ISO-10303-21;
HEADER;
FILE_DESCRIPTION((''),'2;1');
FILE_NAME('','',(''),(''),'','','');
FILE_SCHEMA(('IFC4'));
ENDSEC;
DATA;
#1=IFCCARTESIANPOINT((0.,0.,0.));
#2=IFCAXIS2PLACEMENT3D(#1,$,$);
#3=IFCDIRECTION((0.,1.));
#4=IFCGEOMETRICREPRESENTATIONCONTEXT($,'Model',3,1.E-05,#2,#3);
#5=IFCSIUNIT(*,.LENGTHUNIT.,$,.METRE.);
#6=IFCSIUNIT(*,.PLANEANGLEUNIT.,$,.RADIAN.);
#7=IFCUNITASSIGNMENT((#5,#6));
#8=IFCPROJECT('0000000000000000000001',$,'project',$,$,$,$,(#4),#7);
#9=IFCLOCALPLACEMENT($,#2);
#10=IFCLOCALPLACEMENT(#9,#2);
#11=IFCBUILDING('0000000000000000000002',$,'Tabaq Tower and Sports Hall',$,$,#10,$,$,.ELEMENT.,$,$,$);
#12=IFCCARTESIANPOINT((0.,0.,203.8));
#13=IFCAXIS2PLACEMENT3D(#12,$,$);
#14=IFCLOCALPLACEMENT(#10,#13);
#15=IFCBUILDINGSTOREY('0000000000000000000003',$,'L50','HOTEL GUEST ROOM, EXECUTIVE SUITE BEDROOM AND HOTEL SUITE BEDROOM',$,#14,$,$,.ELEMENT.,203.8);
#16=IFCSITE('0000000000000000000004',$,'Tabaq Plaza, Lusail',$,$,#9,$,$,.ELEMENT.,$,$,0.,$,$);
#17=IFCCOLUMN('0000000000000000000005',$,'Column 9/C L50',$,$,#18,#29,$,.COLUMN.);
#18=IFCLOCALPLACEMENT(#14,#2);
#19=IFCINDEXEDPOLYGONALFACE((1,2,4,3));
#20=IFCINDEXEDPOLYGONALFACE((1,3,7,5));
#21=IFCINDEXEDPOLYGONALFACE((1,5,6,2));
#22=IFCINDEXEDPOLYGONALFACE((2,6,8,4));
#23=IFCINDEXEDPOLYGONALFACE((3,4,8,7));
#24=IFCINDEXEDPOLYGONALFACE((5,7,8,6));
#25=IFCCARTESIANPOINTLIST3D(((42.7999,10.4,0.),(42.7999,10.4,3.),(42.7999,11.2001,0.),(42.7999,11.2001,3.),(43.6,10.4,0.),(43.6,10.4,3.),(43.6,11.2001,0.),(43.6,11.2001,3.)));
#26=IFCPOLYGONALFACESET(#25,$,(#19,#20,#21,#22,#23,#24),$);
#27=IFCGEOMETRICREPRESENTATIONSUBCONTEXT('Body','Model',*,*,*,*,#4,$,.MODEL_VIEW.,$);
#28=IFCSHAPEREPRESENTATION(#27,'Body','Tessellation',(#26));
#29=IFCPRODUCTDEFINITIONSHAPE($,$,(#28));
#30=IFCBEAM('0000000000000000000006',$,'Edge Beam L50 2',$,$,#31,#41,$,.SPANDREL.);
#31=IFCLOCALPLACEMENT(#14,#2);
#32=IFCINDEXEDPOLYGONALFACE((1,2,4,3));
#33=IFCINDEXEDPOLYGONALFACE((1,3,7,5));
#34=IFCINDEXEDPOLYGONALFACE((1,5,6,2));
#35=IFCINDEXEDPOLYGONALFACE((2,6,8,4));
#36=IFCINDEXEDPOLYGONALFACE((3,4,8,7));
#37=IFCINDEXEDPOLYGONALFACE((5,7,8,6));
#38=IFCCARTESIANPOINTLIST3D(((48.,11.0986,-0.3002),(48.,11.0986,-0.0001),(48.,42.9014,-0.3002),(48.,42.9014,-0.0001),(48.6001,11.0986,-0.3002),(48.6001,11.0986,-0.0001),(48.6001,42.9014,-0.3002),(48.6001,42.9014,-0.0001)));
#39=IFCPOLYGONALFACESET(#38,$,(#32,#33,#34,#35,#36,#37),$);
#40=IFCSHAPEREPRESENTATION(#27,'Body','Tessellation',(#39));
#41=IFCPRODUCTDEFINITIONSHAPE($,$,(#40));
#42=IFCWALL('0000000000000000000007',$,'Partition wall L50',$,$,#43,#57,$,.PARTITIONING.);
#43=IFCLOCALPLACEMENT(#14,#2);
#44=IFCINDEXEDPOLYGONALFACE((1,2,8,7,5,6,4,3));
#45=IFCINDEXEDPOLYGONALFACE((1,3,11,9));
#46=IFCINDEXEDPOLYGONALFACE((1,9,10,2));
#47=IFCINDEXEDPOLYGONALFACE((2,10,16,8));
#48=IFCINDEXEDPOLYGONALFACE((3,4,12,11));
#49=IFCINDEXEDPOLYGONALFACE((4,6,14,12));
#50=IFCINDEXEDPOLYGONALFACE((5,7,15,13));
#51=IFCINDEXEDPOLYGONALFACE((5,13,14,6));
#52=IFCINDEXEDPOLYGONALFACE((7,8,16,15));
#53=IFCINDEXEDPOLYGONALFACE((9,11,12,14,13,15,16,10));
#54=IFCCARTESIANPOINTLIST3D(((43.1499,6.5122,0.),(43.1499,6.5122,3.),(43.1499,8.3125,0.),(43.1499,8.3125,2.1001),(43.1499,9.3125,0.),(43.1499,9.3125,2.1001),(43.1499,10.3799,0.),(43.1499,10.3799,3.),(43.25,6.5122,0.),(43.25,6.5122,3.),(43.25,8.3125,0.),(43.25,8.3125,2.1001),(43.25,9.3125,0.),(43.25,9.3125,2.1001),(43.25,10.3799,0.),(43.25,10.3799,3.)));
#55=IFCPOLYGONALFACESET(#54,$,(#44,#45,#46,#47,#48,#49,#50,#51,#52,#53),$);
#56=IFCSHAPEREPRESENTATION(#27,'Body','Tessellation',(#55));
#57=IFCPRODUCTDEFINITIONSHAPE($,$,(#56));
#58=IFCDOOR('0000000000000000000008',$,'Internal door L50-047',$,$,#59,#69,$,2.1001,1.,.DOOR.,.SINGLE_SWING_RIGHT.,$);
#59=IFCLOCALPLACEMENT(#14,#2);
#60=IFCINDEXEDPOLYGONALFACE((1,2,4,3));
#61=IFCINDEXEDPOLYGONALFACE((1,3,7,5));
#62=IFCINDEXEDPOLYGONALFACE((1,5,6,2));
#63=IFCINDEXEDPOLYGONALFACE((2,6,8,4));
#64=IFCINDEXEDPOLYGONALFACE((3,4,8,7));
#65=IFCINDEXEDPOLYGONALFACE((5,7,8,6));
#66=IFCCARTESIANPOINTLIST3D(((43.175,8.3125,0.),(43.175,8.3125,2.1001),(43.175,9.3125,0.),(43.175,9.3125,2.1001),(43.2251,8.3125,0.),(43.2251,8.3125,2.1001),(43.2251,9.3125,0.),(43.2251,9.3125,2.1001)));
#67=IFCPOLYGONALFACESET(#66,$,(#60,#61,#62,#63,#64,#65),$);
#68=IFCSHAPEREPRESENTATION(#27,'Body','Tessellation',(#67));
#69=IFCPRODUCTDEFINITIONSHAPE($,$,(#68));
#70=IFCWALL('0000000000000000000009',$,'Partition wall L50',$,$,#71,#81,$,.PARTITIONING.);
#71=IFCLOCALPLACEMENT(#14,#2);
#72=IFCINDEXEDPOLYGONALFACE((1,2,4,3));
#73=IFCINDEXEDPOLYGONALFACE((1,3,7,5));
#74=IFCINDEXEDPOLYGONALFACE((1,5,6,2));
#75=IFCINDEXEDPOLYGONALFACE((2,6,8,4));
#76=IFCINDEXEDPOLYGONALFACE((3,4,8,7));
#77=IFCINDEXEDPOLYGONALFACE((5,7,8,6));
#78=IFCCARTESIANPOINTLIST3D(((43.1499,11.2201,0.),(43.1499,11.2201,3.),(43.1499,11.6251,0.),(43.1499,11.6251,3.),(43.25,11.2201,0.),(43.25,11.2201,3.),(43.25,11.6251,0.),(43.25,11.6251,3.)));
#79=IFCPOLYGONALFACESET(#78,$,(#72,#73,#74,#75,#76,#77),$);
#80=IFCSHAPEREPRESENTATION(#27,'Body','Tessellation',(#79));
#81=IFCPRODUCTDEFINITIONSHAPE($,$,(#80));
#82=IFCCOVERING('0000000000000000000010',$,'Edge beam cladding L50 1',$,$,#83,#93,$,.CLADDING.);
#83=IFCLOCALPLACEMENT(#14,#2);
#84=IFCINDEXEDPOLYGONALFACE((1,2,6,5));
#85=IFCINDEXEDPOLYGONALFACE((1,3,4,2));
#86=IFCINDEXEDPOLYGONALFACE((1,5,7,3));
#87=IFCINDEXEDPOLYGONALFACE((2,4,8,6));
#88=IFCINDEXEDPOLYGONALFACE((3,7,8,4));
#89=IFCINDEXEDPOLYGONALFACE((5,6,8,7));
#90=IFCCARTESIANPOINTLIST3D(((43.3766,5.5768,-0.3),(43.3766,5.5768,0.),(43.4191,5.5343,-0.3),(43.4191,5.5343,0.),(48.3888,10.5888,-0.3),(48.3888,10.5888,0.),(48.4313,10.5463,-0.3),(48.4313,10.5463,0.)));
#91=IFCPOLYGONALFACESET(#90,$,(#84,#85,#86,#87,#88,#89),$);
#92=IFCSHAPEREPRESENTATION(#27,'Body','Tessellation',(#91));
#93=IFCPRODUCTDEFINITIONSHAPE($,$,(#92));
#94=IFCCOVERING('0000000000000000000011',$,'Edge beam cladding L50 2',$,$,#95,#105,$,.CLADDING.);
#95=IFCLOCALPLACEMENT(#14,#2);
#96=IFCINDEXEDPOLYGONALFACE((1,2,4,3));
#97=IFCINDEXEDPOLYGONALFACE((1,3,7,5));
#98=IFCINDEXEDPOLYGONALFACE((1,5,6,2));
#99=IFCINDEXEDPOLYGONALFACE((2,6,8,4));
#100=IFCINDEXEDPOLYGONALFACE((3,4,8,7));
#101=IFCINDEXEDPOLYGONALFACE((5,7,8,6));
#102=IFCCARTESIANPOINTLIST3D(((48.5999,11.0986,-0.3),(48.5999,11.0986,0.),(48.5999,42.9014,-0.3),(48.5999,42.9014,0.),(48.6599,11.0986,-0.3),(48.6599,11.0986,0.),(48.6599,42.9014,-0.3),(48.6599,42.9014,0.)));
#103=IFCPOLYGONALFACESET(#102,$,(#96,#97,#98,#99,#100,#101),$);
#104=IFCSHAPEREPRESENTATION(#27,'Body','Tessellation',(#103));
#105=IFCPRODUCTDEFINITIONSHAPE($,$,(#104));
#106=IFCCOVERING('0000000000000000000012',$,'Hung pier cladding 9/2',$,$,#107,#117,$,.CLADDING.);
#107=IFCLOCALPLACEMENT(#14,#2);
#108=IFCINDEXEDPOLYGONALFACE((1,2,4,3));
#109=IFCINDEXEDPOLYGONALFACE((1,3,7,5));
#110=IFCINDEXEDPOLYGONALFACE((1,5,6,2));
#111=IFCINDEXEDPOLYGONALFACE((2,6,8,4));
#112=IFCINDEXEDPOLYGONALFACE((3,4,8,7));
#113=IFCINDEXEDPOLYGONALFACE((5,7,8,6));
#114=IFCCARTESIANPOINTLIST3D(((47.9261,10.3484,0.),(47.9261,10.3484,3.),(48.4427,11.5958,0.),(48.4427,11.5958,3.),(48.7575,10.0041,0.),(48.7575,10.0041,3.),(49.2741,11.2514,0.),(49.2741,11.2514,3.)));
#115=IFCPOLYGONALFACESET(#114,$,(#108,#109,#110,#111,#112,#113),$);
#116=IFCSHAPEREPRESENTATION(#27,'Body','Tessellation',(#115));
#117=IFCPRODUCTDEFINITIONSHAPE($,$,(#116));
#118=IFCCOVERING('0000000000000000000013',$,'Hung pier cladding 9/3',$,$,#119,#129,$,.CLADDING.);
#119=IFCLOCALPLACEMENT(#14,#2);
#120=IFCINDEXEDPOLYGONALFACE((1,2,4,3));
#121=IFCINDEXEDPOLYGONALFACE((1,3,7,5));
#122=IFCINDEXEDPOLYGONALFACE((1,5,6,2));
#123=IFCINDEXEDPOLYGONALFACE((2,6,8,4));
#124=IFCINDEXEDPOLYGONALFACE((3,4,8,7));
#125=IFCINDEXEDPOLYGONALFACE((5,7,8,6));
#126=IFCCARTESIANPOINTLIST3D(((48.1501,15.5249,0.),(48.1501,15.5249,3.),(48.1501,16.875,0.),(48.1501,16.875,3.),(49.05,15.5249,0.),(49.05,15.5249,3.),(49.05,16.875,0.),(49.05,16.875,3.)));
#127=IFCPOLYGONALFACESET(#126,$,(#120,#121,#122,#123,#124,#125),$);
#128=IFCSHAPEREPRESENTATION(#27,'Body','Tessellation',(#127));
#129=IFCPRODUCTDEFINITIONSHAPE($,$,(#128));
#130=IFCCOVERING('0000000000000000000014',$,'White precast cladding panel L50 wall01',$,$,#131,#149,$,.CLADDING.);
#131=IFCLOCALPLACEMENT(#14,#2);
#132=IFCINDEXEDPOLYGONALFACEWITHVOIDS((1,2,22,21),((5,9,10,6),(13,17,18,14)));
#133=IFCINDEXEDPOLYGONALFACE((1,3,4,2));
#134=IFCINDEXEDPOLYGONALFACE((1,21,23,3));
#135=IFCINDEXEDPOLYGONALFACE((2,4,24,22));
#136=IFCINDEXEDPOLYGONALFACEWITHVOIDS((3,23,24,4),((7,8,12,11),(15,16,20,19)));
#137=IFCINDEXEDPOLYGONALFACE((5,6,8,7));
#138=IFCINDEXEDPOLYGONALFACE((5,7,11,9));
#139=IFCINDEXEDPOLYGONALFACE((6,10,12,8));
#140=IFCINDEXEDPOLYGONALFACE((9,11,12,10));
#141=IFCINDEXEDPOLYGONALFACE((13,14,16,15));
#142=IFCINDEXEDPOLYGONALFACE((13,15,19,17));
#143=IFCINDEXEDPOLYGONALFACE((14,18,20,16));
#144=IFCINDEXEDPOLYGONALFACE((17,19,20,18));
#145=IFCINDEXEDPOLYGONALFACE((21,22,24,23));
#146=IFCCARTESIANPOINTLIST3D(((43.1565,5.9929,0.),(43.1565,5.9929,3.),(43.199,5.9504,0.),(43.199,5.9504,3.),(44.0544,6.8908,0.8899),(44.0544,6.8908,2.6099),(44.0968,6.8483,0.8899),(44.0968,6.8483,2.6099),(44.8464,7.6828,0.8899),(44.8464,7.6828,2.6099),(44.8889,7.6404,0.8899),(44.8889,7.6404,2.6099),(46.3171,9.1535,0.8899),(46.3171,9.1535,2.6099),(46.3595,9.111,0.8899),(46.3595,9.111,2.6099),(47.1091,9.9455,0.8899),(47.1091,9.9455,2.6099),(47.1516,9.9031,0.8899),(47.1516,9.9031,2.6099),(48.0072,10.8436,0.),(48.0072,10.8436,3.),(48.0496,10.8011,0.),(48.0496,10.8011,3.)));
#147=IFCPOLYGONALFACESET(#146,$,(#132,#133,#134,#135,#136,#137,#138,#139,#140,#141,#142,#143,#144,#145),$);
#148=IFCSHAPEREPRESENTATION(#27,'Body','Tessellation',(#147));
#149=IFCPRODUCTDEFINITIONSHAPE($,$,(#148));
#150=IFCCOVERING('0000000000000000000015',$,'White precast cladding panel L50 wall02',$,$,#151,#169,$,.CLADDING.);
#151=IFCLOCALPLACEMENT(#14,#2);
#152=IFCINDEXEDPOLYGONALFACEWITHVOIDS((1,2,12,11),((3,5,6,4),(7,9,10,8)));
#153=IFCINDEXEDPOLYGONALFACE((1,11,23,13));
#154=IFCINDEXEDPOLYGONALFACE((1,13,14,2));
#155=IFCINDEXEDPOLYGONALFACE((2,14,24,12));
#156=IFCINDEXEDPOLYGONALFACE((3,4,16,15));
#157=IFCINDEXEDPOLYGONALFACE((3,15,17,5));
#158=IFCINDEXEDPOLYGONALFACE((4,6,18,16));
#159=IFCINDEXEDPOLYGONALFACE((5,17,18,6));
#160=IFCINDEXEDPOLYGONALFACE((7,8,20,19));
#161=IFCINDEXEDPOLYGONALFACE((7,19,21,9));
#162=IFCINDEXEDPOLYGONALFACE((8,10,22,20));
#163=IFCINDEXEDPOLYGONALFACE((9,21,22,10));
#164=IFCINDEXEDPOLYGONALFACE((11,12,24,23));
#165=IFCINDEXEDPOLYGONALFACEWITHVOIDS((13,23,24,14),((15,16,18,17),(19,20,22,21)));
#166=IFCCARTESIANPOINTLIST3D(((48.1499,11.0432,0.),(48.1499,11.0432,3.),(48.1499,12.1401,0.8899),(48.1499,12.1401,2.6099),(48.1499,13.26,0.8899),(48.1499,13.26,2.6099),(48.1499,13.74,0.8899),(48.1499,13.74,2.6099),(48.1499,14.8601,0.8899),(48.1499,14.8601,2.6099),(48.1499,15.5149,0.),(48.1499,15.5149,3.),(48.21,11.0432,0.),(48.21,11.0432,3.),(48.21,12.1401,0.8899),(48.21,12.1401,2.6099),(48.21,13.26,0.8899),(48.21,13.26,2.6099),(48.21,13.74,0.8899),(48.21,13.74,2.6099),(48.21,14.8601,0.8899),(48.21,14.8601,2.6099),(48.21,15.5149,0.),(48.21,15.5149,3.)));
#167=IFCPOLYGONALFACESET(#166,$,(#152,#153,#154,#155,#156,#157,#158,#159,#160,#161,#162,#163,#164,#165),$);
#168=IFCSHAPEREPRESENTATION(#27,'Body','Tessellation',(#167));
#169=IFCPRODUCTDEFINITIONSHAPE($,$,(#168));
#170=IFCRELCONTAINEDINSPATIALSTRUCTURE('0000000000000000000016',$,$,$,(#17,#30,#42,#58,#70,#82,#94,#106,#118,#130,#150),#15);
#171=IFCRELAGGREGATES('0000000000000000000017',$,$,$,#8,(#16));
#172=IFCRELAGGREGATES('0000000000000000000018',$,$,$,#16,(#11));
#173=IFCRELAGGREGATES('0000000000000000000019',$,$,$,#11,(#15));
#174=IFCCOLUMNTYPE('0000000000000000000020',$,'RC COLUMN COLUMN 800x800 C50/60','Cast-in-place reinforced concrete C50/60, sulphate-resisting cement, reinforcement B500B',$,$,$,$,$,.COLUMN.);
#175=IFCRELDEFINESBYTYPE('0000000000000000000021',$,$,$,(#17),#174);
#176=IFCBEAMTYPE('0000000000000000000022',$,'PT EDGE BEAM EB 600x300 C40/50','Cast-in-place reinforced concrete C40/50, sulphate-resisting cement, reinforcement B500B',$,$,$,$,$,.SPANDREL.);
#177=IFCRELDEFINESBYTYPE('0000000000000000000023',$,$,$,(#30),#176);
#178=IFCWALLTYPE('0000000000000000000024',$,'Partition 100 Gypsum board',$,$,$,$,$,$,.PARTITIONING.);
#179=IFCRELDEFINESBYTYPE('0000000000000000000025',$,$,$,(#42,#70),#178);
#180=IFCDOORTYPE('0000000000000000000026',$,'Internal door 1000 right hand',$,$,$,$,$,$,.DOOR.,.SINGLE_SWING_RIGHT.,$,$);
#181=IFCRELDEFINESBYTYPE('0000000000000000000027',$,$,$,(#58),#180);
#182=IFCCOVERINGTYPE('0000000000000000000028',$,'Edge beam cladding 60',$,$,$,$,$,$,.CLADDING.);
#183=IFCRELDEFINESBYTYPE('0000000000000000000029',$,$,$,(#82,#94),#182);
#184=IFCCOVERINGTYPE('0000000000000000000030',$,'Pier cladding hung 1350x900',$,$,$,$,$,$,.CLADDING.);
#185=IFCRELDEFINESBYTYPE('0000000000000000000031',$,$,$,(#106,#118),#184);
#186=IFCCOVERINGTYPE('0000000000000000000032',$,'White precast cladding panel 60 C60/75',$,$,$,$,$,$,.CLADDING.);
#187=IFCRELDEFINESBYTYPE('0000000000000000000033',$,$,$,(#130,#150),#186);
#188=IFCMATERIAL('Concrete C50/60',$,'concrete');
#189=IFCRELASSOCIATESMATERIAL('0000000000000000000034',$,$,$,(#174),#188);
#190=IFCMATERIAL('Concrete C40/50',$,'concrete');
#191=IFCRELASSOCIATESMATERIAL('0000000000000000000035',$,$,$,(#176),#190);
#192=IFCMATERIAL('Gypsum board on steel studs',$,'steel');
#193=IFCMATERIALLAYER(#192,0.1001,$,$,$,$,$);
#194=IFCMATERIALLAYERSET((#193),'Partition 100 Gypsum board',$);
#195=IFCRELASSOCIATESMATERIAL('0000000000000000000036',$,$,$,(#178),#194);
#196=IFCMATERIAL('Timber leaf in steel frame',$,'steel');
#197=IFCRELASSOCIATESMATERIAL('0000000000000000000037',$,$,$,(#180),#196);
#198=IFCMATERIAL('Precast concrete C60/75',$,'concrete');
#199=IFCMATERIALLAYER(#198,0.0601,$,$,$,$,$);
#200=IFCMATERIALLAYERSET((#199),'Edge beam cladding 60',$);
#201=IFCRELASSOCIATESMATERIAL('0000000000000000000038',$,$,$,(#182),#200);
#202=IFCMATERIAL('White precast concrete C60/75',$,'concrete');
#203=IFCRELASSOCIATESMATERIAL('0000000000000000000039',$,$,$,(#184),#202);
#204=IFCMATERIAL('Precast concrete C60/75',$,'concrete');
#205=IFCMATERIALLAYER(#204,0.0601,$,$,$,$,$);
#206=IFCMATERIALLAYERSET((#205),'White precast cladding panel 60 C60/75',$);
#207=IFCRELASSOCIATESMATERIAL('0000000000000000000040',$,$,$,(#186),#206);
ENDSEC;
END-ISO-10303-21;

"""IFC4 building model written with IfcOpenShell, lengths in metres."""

from ifc_helpers import new_model, si_unit, direction, frame, frame_2d, origin, origin_2d, place, context, subcontext, project, spatial, polyline, rectangle, outline, extrude, material, layer, layer_set, material_profile, profile_set, type_object, element, fill, save


model = new_model("IFC4")

# Units and contexts
model_context = context("Model", 3, precision=1e-05, world=origin(), true_north=direction((0.0, 1.0)))
body_context = subcontext(model_context, "Body", "Model", "MODEL_VIEW")
ifc_project = project(units=[si_unit("LENGTHUNIT", "METRE"), si_unit("PLANEANGLEUNIT", "RADIAN")], contexts=[model_context])

# Site, building, storey
site_placement = place(None, origin())
site = spatial("IfcSite", under=ifc_project, at=site_placement, Name="Tabaq Plaza, Lusail", CompositionType="ELEMENT", RefElevation=0.0)
building_placement = place(site_placement, origin())
building = spatial("IfcBuilding", under=site, at=building_placement, Name="Tabaq Tower and Sports Hall", CompositionType="ELEMENT")
storey_placement = place(building_placement, frame((0.0, 0.0, 203.8)))
storey = spatial("IfcBuildingStorey", under=building, at=storey_placement, Name="L50", Description="HOTEL GUEST ROOM, EXECUTIVE SUITE BEDROOM AND HOTEL SUITE BEDROOM", CompositionType="ELEMENT", Elevation=203.8)

# Column
ifc_material_1 = material(Name="Concrete C50/60", Category="concrete")
ifc_material_profile_1 = material_profile(ifc_material_1, rectangle(XDim=0.8, YDim=0.8, at=origin_2d()), Name="COLUMN 800x800")
ifc_profile_set_1 = profile_set([ifc_material_profile_1], Name="Concrete C50/60")
column_type = type_object("IfcColumnType", Name="RC COLUMN COLUMN 800x800 C50/60", Description="Cast-in-place reinforced concrete C50/60, sulphate-resisting cement, reinforcement B500B", PredefinedType="COLUMN", material=ifc_profile_set_1)
column_placement = place(storey_placement, frame((43.2, 10.8, 0.0), z_axis=(0.0, 0.0, 1.0), x_axis=(1.0, 0.0, 0.0)))
element("IfcColumn", 1, at=column_placement, inside=storey, type_object=column_type, Name="Column 9/C L50", PredefinedType="COLUMN", context=body_context, shape_type="SweptSolid", body=[
    extrude(rectangle(XDim=0.8, YDim=0.8, at=origin_2d()), origin(), (0.0, 0.0, 1.0), 3.0),
])

# Beam
ifc_material_2 = material(Name="Concrete C40/50", Category="concrete")
ifc_material_profile_2 = material_profile(ifc_material_2, rectangle(XDim=0.6001, YDim=0.3, at=origin_2d()), Name="EB 600x300")
ifc_profile_set_2 = profile_set([ifc_material_profile_2], Name="Concrete C40/50")
beam_type = type_object("IfcBeamType", Name="PT EDGE BEAM EB 600x300 C40/50", Description="Cast-in-place reinforced concrete C40/50, sulphate-resisting cement, reinforcement B500B", PredefinedType="SPANDREL", material=ifc_profile_set_2)
beam_placement = place(storey_placement, frame((48.3, 11.0986, -0.1501), z_axis=(0.0, 1.0, 0.0), x_axis=(-1.0, 0.0, 0.0)))
element("IfcBeam", 2, at=beam_placement, inside=storey, type_object=beam_type, Name="Edge Beam L50 2", PredefinedType="SPANDREL", context=body_context, shape_type="SweptSolid", body=[
    extrude(rectangle(XDim=0.6001, YDim=0.3, at=origin_2d()), origin(), (0.0, 0.0, 1.0), 31.8027),
])

# Wall, opening, door
ifc_material_3 = material(Name="Gypsum board on steel studs", Category="steel")
ifc_layer_1 = layer(ifc_material_3, 0.1001)
ifc_layer_set_1 = layer_set([ifc_layer_1], Name="Partition 100 Gypsum board")
wall_type_1 = type_object("IfcWallType", Name="Partition 100 Gypsum board", PredefinedType="PARTITIONING", material=ifc_layer_set_1)
wall_1_placement = place(storey_placement, frame((43.2, 6.5122, 0.0), z_axis=(0.0, 0.0, 1.0), x_axis=(0.0, 1.0, 0.0)))
wall_1 = element("IfcWall", 3, at=wall_1_placement, inside=storey, type_object=wall_type_1, Name="Partition wall L50", PredefinedType="PARTITIONING", context=body_context, shape_type="SweptSolid", body=[
    extrude(rectangle(XDim=3.8677, YDim=0.1001, at=frame_2d((1.9338, 0.0))), origin(), (0.0, 0.0, 1.0), 3.0),
])
opening_1_placement = place(wall_1_placement, frame((1.8003, 0.0, 0.0)))
opening_1 = element("IfcOpeningElement", 4, at=opening_1_placement, cuts=wall_1, PredefinedType="OPENING", context=body_context, shape_type="SweptSolid", body=[
    extrude(rectangle(XDim=1.0, YDim=2.1001, at=frame_2d((0.5, 1.05))), frame((0.0, 0.05, 0.0), z_axis=(0.0, -1.0, 0.0), x_axis=(1.0, 0.0, 0.0)), (0.0, 0.0, 1.0), 0.1001),
])
ifc_material_4 = material(Name="Timber leaf in steel frame", Category="steel")
door_type = type_object("IfcDoorType", Name="Internal door 1000 right hand", OperationType="SINGLE_SWING_RIGHT", PredefinedType="DOOR", material=ifc_material_4)
door_placement = place(opening_1_placement, origin())
door = element("IfcDoor", 5, at=door_placement, inside=storey, type_object=door_type, Name="Internal door L50-047", OperationType="SINGLE_SWING_RIGHT", OverallHeight=2.1001, OverallWidth=1.0, PredefinedType="DOOR", context=body_context, shape_type="SweptSolid", body=[
    extrude(rectangle(XDim=1.0, YDim=2.1001, at=frame_2d((0.5, 1.05))), frame((0.0, 0.0249, 0.0), z_axis=(0.0, -1.0, 0.0), x_axis=(1.0, 0.0, 0.0)), (0.0, 0.0, 1.0), 0.05),
])
fill(opening_1, door)

# Wall
wall_2_placement = place(storey_placement, frame((43.2, 11.22, 0.0), z_axis=(0.0, 0.0, 1.0), x_axis=(0.0, 1.0, 0.0)))
element("IfcWall", 6, at=wall_2_placement, inside=storey, type_object=wall_type_1, Name="Partition wall L50", PredefinedType="PARTITIONING", context=body_context, shape_type="SweptSolid", body=[
    extrude(rectangle(XDim=0.405, YDim=0.1001, at=frame_2d((0.2026, 0.0))), origin(), (0.0, 0.0, 1.0), 3.0),
])

# Coverings
ifc_material_5 = material(Name="Precast concrete C60/75", Category="concrete")
ifc_layer_2 = layer(ifc_material_5, 0.0601)
ifc_layer_set_2 = layer_set([ifc_layer_2], Name="Edge beam cladding 60")
covering_type_1 = type_object("IfcCoveringType", Name="Edge beam cladding 60", PredefinedType="CLADDING", material=ifc_layer_set_2)
covering_1_placement = place(storey_placement, frame((43.3979, 5.5557, -0.3), z_axis=(0.0, 0.0, 1.0), x_axis=(0.707124, 0.70709, 0.0)))
element("IfcCovering", 7, at=covering_1_placement, inside=storey, type_object=covering_type_1, Name="Edge beam cladding L50 1", PredefinedType="CLADDING", context=body_context, shape_type="SweptSolid", body=[
    extrude(rectangle(XDim=7.0881, YDim=0.0601, at=frame_2d((3.5439, 0.0))), origin(), (0.0, 0.0, 1.0), 0.3),
])
covering_2_placement = place(storey_placement, frame((48.6299, 11.0986, -0.3), z_axis=(0.0, 0.0, 1.0), x_axis=(0.0, 1.0, 0.0)))
element("IfcCovering", 8, at=covering_2_placement, inside=storey, type_object=covering_type_1, Name="Edge beam cladding L50 2", PredefinedType="CLADDING", context=body_context, shape_type="SweptSolid", body=[
    extrude(rectangle(XDim=31.8027, YDim=0.0601, at=frame_2d((15.9014, 0.0))), origin(), (0.0, 0.0, 1.0), 0.3),
])
ifc_material_6 = material(Name="White precast concrete C60/75", Category="concrete")
covering_type_2 = type_object("IfcCoveringType", Name="Pier cladding hung 1350x900", PredefinedType="CLADDING", material=ifc_material_6)
for number, where, z_axis, x_axis, name in (
    (9, (48.3418, 10.1763, 0.0), (0.0, 0.0, 1.0), (0.38265, 0.923893, 0.0), "Hung pier cladding 9/2"),
    (10, (48.6001, 15.5249, 0.0), (0.0, 0.0, 1.0), (0.0, 1.0, 0.0), "Hung pier cladding 9/3"),
):
    element("IfcCovering", number, at=place(storey_placement, frame(where, z_axis=z_axis, x_axis=x_axis)), inside=storey, type_object=covering_type_2, Name=name, PredefinedType="CLADDING", context=body_context, shape_type="SweptSolid", body=[
        extrude(rectangle(XDim=1.3501, YDim=0.8999, at=frame_2d((0.675, 0.0))), origin(), (0.0, 0.0, 1.0), 3.0),
    ])
ifc_material_7 = material(Name="Precast concrete C60/75", Category="concrete")
ifc_layer_3 = layer(ifc_material_7, 0.0601)
ifc_layer_set_3 = layer_set([ifc_layer_3], Name="White precast cladding panel 60 C60/75")
covering_type_3 = type_object("IfcCoveringType", Name="White precast cladding panel 60 C60/75", PredefinedType="CLADDING", material=ifc_layer_set_3)
covering_3_placement = place(storey_placement, frame((43.1777, 5.9717, 0.0), z_axis=(0.0, 0.0, 1.0), x_axis=(0.707107, 0.707107, 0.0)))
element("IfcCovering", 11, at=covering_3_placement, inside=storey, type_object=covering_type_3, Name="White precast cladding panel L50 wall01", PredefinedType="CLADDING", context=body_context, shape_type="SweptSolid", body=[
    extrude(outline(polyline([(0.0, 0.0), (6.8599, 0.0), (6.8599, 3.0), (0.0, 3.0), (0.0, 0.0)]), holes=[polyline([(1.2698, 2.6099), (2.3899, 2.6099), (2.3899, 0.8899), (1.2698, 0.8899), (1.2698, 2.6099)]), polyline([(4.4697, 2.6099), (5.5898, 2.6099), (5.5898, 0.8899), (4.4697, 0.8899), (4.4697, 2.6099)])]), frame((0.0, 0.03, 0.0), z_axis=(0.0, -1.0, 0.0), x_axis=(1.0, 0.0, 0.0)), (0.0, 0.0, 1.0), 0.0601),
])
covering_4_placement = place(storey_placement, frame((48.1799, 11.0432, 0.0), z_axis=(0.0, 0.0, 1.0), x_axis=(0.0, 1.0, 0.0)))
element("IfcCovering", 12, at=covering_4_placement, inside=storey, type_object=covering_type_3, Name="White precast cladding panel L50 wall02", PredefinedType="CLADDING", context=body_context, shape_type="SweptSolid", body=[
    extrude(outline(polyline([(0.0, 0.0), (4.4717, 0.0), (4.4717, 3.0), (0.0, 3.0), (0.0, 0.0)]), holes=[polyline([(1.0969, 2.6099), (2.2168, 2.6099), (2.2168, 0.8899), (1.0969, 0.8899), (1.0969, 2.6099)]), polyline([(2.6968, 2.6099), (3.8169, 2.6099), (3.8169, 0.8899), (2.6968, 0.8899), (2.6968, 2.6099)])]), frame((0.0, 0.03, 0.0), z_axis=(0.0, -1.0, 0.0), x_axis=(1.0, 0.0, 0.0)), (0.0, 0.0, 1.0), 0.0601),
])

save(model, "model.ifc")
